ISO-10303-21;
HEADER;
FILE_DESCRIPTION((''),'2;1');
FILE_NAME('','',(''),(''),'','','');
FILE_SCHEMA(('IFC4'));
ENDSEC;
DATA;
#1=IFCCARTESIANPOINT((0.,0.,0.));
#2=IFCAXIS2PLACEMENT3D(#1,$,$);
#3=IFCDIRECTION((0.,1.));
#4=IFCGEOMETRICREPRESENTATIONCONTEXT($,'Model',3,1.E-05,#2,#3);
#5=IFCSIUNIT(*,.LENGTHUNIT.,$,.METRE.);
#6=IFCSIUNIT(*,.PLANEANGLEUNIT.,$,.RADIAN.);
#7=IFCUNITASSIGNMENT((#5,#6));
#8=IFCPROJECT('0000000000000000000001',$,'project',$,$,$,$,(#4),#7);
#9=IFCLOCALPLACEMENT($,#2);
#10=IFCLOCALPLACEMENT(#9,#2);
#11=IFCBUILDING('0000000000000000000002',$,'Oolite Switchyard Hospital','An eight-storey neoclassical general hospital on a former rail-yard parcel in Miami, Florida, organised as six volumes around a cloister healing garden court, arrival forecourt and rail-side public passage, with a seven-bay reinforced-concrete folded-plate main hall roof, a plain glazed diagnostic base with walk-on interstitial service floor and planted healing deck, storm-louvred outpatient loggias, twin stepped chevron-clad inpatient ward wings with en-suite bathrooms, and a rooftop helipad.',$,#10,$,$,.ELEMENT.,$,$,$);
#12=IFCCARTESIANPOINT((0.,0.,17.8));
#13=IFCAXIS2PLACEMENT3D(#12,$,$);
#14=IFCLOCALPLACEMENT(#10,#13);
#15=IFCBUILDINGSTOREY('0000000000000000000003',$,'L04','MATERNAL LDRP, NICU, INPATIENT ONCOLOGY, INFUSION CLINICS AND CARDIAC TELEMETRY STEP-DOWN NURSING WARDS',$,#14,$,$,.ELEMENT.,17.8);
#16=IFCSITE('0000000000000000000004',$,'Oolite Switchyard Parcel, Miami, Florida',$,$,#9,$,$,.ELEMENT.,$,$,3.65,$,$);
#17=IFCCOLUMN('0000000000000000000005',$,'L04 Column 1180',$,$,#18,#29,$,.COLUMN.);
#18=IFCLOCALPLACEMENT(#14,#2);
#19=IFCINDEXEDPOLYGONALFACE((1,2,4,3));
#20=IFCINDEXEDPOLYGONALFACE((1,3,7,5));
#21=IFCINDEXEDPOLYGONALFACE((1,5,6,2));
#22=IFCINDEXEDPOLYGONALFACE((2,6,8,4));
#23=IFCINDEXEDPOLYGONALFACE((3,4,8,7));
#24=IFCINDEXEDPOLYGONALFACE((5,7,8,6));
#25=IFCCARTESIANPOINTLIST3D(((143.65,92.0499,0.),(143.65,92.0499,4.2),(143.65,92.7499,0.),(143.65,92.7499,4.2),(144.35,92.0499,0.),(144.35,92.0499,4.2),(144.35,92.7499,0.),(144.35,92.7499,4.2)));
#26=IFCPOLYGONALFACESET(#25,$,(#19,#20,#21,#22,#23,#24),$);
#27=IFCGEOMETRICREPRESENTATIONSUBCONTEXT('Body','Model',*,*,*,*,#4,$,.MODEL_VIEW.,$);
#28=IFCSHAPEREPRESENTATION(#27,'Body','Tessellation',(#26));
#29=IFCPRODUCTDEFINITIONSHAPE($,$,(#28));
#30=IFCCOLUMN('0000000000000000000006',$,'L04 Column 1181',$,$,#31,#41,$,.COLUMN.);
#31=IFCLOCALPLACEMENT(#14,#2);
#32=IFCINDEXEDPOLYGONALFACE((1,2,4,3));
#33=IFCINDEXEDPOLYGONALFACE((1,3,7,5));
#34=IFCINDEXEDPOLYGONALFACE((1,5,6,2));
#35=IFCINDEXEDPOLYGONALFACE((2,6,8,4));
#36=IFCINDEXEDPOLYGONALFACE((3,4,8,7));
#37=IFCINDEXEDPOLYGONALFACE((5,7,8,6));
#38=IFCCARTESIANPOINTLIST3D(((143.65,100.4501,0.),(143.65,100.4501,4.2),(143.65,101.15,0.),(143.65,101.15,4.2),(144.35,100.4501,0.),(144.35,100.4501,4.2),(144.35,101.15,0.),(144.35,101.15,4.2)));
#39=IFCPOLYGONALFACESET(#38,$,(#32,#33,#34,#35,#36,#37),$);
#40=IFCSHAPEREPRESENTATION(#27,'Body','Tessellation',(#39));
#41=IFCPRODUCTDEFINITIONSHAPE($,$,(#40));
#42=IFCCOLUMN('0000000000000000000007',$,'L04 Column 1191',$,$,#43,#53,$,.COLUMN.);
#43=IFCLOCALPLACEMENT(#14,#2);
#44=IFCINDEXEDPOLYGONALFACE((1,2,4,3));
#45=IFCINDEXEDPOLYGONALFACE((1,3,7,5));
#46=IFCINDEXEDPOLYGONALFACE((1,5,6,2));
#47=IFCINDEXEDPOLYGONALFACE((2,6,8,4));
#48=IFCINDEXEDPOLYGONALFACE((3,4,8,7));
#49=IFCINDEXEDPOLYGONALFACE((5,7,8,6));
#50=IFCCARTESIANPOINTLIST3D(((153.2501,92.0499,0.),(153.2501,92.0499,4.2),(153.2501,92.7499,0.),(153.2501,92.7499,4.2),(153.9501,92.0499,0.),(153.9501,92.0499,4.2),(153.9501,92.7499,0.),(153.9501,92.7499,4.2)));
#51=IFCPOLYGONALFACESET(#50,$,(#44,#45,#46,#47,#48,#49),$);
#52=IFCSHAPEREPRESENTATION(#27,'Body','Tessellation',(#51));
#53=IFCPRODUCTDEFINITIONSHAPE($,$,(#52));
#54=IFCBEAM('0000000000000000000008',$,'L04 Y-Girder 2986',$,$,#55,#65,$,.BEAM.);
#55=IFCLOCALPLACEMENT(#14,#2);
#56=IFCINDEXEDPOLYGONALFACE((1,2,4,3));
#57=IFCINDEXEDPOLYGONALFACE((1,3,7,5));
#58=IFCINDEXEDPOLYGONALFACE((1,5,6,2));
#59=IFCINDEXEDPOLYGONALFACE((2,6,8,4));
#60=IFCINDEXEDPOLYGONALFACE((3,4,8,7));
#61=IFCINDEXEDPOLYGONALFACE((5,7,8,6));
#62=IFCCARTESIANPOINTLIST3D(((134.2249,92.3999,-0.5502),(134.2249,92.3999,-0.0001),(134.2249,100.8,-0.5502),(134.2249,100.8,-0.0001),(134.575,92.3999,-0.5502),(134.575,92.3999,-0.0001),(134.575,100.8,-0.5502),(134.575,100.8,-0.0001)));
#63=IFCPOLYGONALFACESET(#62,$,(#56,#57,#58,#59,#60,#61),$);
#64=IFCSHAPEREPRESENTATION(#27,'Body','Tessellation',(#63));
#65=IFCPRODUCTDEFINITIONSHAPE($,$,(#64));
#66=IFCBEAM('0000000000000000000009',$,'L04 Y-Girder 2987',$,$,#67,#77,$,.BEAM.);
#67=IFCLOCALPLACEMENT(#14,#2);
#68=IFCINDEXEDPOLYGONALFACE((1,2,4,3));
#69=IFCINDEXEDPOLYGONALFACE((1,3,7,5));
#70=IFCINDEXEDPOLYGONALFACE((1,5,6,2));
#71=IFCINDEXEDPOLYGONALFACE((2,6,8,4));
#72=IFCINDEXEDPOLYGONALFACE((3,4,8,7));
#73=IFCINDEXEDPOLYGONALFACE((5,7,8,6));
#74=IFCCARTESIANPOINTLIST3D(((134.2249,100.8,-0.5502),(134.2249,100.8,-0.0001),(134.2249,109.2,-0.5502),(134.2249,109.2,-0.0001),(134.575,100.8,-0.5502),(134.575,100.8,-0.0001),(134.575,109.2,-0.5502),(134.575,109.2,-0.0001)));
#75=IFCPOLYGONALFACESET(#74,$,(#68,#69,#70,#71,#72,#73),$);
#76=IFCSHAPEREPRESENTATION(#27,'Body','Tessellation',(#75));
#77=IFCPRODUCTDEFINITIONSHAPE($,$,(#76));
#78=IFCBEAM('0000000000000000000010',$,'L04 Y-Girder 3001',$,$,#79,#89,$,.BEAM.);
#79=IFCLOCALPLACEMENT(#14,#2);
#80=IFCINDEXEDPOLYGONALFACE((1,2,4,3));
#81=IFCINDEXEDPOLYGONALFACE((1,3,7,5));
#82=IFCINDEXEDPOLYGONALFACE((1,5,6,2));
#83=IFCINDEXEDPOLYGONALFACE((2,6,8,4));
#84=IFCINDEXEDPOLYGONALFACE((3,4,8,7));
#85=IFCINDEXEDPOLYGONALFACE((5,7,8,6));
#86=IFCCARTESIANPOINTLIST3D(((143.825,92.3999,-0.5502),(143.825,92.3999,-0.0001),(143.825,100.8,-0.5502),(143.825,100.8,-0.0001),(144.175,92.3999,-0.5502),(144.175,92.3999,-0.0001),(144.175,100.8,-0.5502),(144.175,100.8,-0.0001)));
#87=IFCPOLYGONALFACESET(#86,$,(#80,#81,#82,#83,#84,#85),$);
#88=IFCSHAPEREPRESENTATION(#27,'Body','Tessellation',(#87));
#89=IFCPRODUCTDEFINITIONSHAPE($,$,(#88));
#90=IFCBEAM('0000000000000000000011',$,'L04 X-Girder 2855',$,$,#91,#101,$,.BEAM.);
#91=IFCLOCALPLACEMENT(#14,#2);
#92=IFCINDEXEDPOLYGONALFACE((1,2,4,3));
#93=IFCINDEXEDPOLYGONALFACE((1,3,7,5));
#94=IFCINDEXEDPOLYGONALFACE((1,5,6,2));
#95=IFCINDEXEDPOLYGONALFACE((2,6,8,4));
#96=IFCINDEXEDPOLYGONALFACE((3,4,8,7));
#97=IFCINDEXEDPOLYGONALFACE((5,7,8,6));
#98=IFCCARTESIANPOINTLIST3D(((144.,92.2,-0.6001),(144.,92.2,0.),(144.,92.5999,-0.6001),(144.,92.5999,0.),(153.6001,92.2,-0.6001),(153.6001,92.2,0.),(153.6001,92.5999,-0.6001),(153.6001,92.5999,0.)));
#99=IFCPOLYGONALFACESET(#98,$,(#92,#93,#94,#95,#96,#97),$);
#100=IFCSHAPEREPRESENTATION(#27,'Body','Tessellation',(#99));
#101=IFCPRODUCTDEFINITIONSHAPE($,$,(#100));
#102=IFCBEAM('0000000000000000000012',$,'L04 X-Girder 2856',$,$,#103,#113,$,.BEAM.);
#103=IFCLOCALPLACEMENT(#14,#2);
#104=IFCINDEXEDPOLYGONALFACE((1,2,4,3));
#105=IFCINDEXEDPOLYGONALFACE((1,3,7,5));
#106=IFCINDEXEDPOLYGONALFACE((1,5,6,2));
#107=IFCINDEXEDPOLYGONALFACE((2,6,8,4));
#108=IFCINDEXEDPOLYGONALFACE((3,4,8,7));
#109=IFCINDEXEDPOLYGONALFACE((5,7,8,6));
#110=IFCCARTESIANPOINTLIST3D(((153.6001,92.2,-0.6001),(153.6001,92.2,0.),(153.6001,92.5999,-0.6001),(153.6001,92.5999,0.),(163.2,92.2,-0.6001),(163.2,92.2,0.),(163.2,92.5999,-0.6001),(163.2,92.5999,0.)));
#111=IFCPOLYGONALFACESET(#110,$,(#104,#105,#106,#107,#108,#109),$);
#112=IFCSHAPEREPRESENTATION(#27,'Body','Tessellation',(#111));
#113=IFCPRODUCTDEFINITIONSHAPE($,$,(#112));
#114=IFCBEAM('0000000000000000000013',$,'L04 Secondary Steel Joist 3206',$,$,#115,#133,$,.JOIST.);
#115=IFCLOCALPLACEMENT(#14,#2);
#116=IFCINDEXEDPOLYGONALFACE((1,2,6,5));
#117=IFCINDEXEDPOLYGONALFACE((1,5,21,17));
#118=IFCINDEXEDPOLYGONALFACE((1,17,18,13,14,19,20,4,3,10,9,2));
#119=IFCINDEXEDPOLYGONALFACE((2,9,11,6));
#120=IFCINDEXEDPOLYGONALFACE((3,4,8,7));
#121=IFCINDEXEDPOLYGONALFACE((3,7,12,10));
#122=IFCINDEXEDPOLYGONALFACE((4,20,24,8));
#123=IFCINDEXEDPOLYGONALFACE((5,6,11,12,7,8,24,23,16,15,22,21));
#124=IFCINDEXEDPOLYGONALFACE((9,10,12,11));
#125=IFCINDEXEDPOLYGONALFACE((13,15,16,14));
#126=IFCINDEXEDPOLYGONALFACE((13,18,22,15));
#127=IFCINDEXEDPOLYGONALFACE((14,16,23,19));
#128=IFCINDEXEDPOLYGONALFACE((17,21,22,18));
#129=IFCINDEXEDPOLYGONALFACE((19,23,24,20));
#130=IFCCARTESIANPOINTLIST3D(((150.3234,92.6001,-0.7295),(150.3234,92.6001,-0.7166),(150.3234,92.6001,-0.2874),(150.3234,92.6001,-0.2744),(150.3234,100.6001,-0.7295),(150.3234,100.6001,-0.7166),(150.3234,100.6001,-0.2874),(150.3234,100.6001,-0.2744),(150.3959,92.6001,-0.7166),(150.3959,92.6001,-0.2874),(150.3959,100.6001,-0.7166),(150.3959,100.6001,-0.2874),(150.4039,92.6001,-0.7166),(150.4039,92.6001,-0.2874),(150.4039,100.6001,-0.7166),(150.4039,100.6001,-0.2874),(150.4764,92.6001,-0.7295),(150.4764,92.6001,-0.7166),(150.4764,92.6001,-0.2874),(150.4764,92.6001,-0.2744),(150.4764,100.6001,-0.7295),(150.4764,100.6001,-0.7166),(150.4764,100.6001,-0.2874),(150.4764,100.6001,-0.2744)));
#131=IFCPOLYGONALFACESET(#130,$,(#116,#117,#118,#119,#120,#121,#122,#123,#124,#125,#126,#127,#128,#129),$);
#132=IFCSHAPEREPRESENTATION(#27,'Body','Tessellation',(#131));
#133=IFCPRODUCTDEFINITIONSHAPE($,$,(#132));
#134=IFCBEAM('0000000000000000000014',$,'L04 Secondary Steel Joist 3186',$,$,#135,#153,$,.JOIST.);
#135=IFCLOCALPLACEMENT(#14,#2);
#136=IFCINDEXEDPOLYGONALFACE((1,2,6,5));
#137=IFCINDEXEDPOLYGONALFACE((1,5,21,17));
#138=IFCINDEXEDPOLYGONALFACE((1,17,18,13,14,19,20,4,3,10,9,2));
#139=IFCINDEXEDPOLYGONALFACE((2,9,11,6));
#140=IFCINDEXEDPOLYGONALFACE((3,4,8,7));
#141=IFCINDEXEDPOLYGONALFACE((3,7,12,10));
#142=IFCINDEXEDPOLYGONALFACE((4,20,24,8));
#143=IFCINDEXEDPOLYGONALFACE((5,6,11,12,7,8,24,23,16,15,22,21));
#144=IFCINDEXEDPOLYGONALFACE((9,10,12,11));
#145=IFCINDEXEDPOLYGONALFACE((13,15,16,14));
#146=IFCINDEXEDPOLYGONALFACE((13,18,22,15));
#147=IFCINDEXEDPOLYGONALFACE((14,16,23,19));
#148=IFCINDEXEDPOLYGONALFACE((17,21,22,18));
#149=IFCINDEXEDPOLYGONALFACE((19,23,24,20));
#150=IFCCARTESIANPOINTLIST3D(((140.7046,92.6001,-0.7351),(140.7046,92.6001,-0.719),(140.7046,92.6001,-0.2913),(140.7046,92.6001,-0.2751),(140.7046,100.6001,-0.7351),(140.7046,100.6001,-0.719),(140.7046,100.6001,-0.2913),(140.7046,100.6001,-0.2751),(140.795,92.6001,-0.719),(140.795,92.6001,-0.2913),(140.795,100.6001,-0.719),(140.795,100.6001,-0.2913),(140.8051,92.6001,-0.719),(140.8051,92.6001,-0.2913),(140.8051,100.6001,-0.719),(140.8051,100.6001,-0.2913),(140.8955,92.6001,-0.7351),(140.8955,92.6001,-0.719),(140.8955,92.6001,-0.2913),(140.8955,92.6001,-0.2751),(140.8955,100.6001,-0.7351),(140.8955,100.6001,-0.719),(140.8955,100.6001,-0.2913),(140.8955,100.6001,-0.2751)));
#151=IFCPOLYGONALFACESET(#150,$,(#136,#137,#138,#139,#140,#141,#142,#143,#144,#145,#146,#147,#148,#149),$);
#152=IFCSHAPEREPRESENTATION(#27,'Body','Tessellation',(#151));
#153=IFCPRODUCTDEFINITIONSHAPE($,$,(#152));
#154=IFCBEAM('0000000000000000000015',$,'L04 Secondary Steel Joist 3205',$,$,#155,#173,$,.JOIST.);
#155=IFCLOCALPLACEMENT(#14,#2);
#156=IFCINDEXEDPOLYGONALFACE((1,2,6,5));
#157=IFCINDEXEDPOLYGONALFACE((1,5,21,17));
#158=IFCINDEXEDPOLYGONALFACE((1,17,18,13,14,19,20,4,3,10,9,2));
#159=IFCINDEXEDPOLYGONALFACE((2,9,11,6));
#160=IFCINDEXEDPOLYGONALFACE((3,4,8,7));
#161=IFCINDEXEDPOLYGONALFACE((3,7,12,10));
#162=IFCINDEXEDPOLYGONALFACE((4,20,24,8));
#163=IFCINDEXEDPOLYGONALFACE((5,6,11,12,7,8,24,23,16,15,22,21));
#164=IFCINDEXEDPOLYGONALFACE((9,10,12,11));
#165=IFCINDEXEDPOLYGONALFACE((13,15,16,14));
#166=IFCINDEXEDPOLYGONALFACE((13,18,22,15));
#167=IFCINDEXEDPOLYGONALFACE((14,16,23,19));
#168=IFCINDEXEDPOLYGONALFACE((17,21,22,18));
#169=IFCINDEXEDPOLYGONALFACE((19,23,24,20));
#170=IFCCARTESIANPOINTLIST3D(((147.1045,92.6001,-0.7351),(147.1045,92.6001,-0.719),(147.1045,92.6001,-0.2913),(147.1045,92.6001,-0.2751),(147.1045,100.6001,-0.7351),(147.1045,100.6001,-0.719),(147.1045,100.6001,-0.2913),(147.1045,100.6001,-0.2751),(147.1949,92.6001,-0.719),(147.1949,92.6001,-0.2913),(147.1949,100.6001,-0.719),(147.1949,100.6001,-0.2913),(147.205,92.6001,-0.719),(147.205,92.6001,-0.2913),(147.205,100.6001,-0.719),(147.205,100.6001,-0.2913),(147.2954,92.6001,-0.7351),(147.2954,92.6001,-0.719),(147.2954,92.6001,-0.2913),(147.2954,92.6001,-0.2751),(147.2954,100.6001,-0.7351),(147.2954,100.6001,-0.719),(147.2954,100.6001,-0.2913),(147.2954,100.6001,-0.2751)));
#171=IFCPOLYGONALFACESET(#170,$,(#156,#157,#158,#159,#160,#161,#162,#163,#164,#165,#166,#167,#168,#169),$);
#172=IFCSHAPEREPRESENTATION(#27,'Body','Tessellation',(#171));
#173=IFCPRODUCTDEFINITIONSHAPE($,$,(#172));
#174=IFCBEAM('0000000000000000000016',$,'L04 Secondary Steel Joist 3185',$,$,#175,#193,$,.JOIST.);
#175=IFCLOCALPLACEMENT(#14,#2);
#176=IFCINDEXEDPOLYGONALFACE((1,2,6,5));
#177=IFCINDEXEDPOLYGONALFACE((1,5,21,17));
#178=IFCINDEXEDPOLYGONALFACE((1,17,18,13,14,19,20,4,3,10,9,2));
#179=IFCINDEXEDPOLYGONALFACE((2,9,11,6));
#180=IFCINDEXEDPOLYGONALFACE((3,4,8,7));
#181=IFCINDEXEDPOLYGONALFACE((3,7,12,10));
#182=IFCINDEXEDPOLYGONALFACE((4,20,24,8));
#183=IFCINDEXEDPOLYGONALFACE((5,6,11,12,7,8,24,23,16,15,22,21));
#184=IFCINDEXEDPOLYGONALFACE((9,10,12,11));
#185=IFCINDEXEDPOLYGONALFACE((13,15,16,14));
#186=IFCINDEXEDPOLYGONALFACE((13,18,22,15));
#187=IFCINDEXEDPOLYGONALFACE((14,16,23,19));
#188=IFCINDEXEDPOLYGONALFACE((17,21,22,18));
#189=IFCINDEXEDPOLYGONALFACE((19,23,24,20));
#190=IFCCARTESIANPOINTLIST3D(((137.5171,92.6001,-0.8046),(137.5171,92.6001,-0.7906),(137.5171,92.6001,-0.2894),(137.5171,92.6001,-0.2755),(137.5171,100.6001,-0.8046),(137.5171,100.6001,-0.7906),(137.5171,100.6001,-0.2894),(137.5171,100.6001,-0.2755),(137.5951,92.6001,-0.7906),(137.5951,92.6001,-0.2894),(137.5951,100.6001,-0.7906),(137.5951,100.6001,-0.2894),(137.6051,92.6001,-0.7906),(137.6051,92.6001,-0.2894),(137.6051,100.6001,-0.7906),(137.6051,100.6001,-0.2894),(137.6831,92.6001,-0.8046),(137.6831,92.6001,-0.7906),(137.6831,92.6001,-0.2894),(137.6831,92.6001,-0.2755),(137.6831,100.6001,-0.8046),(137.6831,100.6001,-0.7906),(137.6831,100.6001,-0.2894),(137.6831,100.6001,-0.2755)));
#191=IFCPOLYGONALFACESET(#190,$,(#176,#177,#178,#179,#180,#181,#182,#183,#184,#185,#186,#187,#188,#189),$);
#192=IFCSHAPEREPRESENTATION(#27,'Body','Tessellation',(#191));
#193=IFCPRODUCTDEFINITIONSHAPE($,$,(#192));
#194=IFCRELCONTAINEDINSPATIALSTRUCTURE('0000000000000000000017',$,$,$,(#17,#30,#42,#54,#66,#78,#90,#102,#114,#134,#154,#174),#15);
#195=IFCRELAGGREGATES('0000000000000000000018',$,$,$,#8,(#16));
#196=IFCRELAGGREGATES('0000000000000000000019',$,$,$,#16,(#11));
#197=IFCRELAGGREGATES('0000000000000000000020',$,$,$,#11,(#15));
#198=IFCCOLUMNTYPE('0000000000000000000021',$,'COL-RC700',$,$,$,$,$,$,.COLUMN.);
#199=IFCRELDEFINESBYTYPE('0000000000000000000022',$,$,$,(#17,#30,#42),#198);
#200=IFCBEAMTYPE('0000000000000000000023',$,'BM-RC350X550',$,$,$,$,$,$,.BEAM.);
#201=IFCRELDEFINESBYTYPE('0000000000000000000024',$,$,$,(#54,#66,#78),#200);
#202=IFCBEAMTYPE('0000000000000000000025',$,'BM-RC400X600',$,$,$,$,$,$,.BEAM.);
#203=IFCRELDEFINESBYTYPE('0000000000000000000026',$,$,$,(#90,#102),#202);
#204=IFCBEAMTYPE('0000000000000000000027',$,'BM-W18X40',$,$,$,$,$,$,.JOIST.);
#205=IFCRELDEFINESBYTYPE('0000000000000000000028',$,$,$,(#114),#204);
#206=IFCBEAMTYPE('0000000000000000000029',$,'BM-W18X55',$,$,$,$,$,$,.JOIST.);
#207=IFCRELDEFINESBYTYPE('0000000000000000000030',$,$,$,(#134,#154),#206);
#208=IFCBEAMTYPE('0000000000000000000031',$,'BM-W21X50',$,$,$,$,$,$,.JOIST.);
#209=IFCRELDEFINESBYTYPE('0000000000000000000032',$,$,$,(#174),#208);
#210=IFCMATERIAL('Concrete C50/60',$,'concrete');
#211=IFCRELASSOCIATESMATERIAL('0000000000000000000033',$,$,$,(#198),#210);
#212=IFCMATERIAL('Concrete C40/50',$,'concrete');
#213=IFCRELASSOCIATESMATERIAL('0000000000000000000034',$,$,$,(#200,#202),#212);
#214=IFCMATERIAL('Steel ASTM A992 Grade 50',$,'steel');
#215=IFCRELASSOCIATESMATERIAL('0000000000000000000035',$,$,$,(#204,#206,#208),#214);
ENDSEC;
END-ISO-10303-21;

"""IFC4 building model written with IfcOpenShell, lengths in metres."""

from ifc_helpers import new_model, si_unit, direction, frame, origin, origin_2d, place, context, subcontext, project, spatial, rectangle, i_section, extrude, material, material_profile, profile_set, type_object, element, save


model = new_model("IFC4")

# Units and contexts
model_context = context("Model", 3, precision=1e-05, world=origin(), true_north=direction((0.0, 1.0)))
body_context = subcontext(model_context, "Body", "Model", "MODEL_VIEW")
ifc_project = project(units=[si_unit("LENGTHUNIT", "METRE"), si_unit("PLANEANGLEUNIT", "RADIAN")], contexts=[model_context])

# Site, building, storey
site_placement = place(None, origin())
site = spatial("IfcSite", under=ifc_project, at=site_placement, Name="Oolite Switchyard Parcel, Miami, Florida", CompositionType="ELEMENT", RefElevation=3.65)
building_placement = place(site_placement, origin())
building = spatial("IfcBuilding", under=site, at=building_placement, Name="Oolite Switchyard Hospital", Description="An eight-storey neoclassical general hospital on a former rail-yard parcel in Miami, Florida, organised as six volumes around a cloister healing garden court, arrival forecourt and rail-side public passage, with a seven-bay reinforced-concrete folded-plate main hall roof, a plain glazed diagnostic base with walk-on interstitial service floor and planted healing deck, storm-louvred outpatient loggias, twin stepped chevron-clad inpatient ward wings with en-suite bathrooms, and a rooftop helipad.", CompositionType="ELEMENT")
storey_placement = place(building_placement, frame((0.0, 0.0, 17.8)))
storey = spatial("IfcBuildingStorey", under=building, at=storey_placement, Name="L04", Description="MATERNAL LDRP, NICU, INPATIENT ONCOLOGY, INFUSION CLINICS AND CARDIAC TELEMETRY STEP-DOWN NURSING WARDS", CompositionType="ELEMENT", Elevation=17.8)

# Columns
ifc_material_1 = material(Name="Concrete C50/60", Category="concrete")
ifc_material_profile_1 = material_profile(ifc_material_1, rectangle(XDim=0.7, YDim=0.7, at=origin_2d()), Name="RC700X700")
ifc_profile_set_1 = profile_set([ifc_material_profile_1], Name="Concrete C50/60")
column_type = type_object("IfcColumnType", Name="COL-RC700", PredefinedType="COLUMN", material=ifc_profile_set_1)
for number, where, z_axis, x_axis, name in (
    (1, (144.0, 92.3999, 0.0), (0.0, 0.0, 1.0), (1.0, 0.0, 0.0), "L04 Column 1180"),
    (2, (144.0, 100.8, 0.0), (0.0, 0.0, 1.0), (1.0, 0.0, 0.0), "L04 Column 1181"),
    (3, (153.6001, 92.3999, 0.0), (0.0, 0.0, 1.0), (1.0, 0.0, 0.0), "L04 Column 1191"),
):
    element("IfcColumn", number, at=place(storey_placement, frame(where, z_axis=z_axis, x_axis=x_axis)), inside=storey, type_object=column_type, Name=name, PredefinedType="COLUMN", context=body_context, shape_type="SweptSolid", body=[
        extrude(rectangle(XDim=0.7, YDim=0.7, at=origin_2d()), origin(), (0.0, 0.0, 1.0), 4.2),
    ])

# Beams
ifc_material_2 = material(Name="Concrete C40/50", Category="concrete")
ifc_material_profile_2 = material_profile(ifc_material_2, rectangle(XDim=0.3501, YDim=0.55, at=origin_2d()), Name="RCB350X550")
ifc_profile_set_2 = profile_set([ifc_material_profile_2], Name="Concrete C40/50")
beam_type_1 = type_object("IfcBeamType", Name="BM-RC350X550", PredefinedType="BEAM", material=ifc_profile_set_2)
beam_1_placement = place(storey_placement, frame((134.3999, 92.3999, -0.2751), z_axis=(0.0, 1.0, 0.0), x_axis=(-1.0, 0.0, 0.0)))
element("IfcBeam", 4, at=beam_1_placement, inside=storey, type_object=beam_type_1, Name="L04 Y-Girder 2986", PredefinedType="BEAM", context=body_context, shape_type="SweptSolid", body=[
    extrude(rectangle(XDim=0.3501, YDim=0.55, at=origin_2d()), origin(), (0.0, 0.0, 1.0), 8.4001),
])
beam_2_placement = place(storey_placement, frame((134.3999, 100.8, -0.2751), z_axis=(0.0, 1.0, 0.0), x_axis=(-1.0, 0.0, 0.0)))
element("IfcBeam", 5, at=beam_2_placement, inside=storey, type_object=beam_type_1, Name="L04 Y-Girder 2987", PredefinedType="BEAM", context=body_context, shape_type="SweptSolid", body=[
    extrude(rectangle(XDim=0.3501, YDim=0.55, at=origin_2d()), origin(), (0.0, 0.0, 1.0), 8.3999),
])
beam_3_placement = place(storey_placement, frame((144.0, 92.3999, -0.2751), z_axis=(0.0, 1.0, 0.0), x_axis=(-1.0, 0.0, 0.0)))
element("IfcBeam", 6, at=beam_3_placement, inside=storey, type_object=beam_type_1, Name="L04 Y-Girder 3001", PredefinedType="BEAM", context=body_context, shape_type="SweptSolid", body=[
    extrude(rectangle(XDim=0.3501, YDim=0.55, at=origin_2d()), origin(), (0.0, 0.0, 1.0), 8.4001),
])
ifc_material_profile_3 = material_profile(ifc_material_2, rectangle(XDim=0.3999, YDim=0.6001, at=origin_2d()), Name="RCB400X600")
ifc_profile_set_3 = profile_set([ifc_material_profile_3], Name="Concrete C40/50")
beam_type_2 = type_object("IfcBeamType", Name="BM-RC400X600", PredefinedType="BEAM", material=ifc_profile_set_3)
beam_4_placement = place(storey_placement, frame((144.0, 92.3999, -0.3), z_axis=(1.0, 0.0, 0.0), x_axis=(0.0, 1.0, 0.0)))
element("IfcBeam", 7, at=beam_4_placement, inside=storey, type_object=beam_type_2, Name="L04 X-Girder 2855", PredefinedType="BEAM", context=body_context, shape_type="SweptSolid", body=[
    extrude(rectangle(XDim=0.3999, YDim=0.6001, at=origin_2d()), origin(), (0.0, 0.0, 1.0), 9.6001),
])
beam_5_placement = place(storey_placement, frame((153.6001, 92.3999, -0.3), z_axis=(1.0, 0.0, 0.0), x_axis=(0.0, 1.0, 0.0)))
element("IfcBeam", 8, at=beam_5_placement, inside=storey, type_object=beam_type_2, Name="L04 X-Girder 2856", PredefinedType="BEAM", context=body_context, shape_type="SweptSolid", body=[
    extrude(rectangle(XDim=0.3999, YDim=0.6001, at=origin_2d()), origin(), (0.0, 0.0, 1.0), 9.5999),
])
ifc_material_3 = material(Name="Steel ASTM A992 Grade 50", Category="steel")
ifc_material_profile_4 = material_profile(ifc_material_3, i_section(OverallWidth=0.1531, OverallDepth=0.4551, WebThickness=0.0081, FlangeThickness=0.0129, at=origin_2d()), Name="W18X40")
ifc_profile_set_4 = profile_set([ifc_material_profile_4], Name="Steel ASTM A992 Grade 50")
beam_type_3 = type_object("IfcBeamType", Name="BM-W18X40", PredefinedType="JOIST", material=ifc_profile_set_4)
beam_6_placement = place(storey_placement, frame((150.3999, 92.6001, -0.502), z_axis=(0.0, 1.0, 0.0), x_axis=(-1.0, 0.0, 0.0)))
element("IfcBeam", 9, at=beam_6_placement, inside=storey, type_object=beam_type_3, Name="L04 Secondary Steel Joist 3206", PredefinedType="JOIST", context=body_context, shape_type="SweptSolid", body=[
    extrude(i_section(OverallWidth=0.1531, OverallDepth=0.4551, WebThickness=0.0081, FlangeThickness=0.0129, at=origin_2d()), origin(), (0.0, 0.0, 1.0), 8.0),
])
ifc_material_profile_5 = material_profile(ifc_material_3, i_section(OverallWidth=0.1909, OverallDepth=0.46, WebThickness=0.01, FlangeThickness=0.0161, at=origin_2d()), Name="W18X55")
ifc_profile_set_5 = profile_set([ifc_material_profile_5], Name="Steel ASTM A992 Grade 50")
beam_type_4 = type_object("IfcBeamType", Name="BM-W18X55", PredefinedType="JOIST", material=ifc_profile_set_5)
for number, where, z_axis, x_axis, name in (
    (10, (140.8, 92.6001, -0.5051), (0.0, 1.0, 0.0), (-1.0, 0.0, 0.0), "L04 Secondary Steel Joist 3186"),
    (11, (147.2, 92.6001, -0.5051), (0.0, 1.0, 0.0), (-1.0, 0.0, 0.0), "L04 Secondary Steel Joist 3205"),
):
    element("IfcBeam", number, at=place(storey_placement, frame(where, z_axis=z_axis, x_axis=x_axis)), inside=storey, type_object=beam_type_4, Name=name, PredefinedType="JOIST", context=body_context, shape_type="SweptSolid", body=[
        extrude(i_section(OverallWidth=0.1909, OverallDepth=0.46, WebThickness=0.01, FlangeThickness=0.0161, at=origin_2d()), origin(), (0.0, 0.0, 1.0), 8.0),
    ])
ifc_material_profile_6 = material_profile(ifc_material_3, i_section(OverallWidth=0.166, OverallDepth=0.5291, WebThickness=0.01, FlangeThickness=0.0139, at=origin_2d()), Name="W21X50")
ifc_profile_set_6 = profile_set([ifc_material_profile_6], Name="Steel ASTM A992 Grade 50")
beam_type_5 = type_object("IfcBeamType", Name="BM-W21X50", PredefinedType="JOIST", material=ifc_profile_set_6)
beam_7_placement = place(storey_placement, frame((137.6001, 92.6001, -0.54), z_axis=(0.0, 1.0, 0.0), x_axis=(-1.0, 0.0, 0.0)))
element("IfcBeam", 12, at=beam_7_placement, inside=storey, type_object=beam_type_5, Name="L04 Secondary Steel Joist 3185", PredefinedType="JOIST", context=body_context, shape_type="SweptSolid", body=[
    extrude(i_section(OverallWidth=0.166, OverallDepth=0.5291, WebThickness=0.01, FlangeThickness=0.0139, at=origin_2d()), origin(), (0.0, 0.0, 1.0), 8.0),
])

save(model, "model.ifc")
